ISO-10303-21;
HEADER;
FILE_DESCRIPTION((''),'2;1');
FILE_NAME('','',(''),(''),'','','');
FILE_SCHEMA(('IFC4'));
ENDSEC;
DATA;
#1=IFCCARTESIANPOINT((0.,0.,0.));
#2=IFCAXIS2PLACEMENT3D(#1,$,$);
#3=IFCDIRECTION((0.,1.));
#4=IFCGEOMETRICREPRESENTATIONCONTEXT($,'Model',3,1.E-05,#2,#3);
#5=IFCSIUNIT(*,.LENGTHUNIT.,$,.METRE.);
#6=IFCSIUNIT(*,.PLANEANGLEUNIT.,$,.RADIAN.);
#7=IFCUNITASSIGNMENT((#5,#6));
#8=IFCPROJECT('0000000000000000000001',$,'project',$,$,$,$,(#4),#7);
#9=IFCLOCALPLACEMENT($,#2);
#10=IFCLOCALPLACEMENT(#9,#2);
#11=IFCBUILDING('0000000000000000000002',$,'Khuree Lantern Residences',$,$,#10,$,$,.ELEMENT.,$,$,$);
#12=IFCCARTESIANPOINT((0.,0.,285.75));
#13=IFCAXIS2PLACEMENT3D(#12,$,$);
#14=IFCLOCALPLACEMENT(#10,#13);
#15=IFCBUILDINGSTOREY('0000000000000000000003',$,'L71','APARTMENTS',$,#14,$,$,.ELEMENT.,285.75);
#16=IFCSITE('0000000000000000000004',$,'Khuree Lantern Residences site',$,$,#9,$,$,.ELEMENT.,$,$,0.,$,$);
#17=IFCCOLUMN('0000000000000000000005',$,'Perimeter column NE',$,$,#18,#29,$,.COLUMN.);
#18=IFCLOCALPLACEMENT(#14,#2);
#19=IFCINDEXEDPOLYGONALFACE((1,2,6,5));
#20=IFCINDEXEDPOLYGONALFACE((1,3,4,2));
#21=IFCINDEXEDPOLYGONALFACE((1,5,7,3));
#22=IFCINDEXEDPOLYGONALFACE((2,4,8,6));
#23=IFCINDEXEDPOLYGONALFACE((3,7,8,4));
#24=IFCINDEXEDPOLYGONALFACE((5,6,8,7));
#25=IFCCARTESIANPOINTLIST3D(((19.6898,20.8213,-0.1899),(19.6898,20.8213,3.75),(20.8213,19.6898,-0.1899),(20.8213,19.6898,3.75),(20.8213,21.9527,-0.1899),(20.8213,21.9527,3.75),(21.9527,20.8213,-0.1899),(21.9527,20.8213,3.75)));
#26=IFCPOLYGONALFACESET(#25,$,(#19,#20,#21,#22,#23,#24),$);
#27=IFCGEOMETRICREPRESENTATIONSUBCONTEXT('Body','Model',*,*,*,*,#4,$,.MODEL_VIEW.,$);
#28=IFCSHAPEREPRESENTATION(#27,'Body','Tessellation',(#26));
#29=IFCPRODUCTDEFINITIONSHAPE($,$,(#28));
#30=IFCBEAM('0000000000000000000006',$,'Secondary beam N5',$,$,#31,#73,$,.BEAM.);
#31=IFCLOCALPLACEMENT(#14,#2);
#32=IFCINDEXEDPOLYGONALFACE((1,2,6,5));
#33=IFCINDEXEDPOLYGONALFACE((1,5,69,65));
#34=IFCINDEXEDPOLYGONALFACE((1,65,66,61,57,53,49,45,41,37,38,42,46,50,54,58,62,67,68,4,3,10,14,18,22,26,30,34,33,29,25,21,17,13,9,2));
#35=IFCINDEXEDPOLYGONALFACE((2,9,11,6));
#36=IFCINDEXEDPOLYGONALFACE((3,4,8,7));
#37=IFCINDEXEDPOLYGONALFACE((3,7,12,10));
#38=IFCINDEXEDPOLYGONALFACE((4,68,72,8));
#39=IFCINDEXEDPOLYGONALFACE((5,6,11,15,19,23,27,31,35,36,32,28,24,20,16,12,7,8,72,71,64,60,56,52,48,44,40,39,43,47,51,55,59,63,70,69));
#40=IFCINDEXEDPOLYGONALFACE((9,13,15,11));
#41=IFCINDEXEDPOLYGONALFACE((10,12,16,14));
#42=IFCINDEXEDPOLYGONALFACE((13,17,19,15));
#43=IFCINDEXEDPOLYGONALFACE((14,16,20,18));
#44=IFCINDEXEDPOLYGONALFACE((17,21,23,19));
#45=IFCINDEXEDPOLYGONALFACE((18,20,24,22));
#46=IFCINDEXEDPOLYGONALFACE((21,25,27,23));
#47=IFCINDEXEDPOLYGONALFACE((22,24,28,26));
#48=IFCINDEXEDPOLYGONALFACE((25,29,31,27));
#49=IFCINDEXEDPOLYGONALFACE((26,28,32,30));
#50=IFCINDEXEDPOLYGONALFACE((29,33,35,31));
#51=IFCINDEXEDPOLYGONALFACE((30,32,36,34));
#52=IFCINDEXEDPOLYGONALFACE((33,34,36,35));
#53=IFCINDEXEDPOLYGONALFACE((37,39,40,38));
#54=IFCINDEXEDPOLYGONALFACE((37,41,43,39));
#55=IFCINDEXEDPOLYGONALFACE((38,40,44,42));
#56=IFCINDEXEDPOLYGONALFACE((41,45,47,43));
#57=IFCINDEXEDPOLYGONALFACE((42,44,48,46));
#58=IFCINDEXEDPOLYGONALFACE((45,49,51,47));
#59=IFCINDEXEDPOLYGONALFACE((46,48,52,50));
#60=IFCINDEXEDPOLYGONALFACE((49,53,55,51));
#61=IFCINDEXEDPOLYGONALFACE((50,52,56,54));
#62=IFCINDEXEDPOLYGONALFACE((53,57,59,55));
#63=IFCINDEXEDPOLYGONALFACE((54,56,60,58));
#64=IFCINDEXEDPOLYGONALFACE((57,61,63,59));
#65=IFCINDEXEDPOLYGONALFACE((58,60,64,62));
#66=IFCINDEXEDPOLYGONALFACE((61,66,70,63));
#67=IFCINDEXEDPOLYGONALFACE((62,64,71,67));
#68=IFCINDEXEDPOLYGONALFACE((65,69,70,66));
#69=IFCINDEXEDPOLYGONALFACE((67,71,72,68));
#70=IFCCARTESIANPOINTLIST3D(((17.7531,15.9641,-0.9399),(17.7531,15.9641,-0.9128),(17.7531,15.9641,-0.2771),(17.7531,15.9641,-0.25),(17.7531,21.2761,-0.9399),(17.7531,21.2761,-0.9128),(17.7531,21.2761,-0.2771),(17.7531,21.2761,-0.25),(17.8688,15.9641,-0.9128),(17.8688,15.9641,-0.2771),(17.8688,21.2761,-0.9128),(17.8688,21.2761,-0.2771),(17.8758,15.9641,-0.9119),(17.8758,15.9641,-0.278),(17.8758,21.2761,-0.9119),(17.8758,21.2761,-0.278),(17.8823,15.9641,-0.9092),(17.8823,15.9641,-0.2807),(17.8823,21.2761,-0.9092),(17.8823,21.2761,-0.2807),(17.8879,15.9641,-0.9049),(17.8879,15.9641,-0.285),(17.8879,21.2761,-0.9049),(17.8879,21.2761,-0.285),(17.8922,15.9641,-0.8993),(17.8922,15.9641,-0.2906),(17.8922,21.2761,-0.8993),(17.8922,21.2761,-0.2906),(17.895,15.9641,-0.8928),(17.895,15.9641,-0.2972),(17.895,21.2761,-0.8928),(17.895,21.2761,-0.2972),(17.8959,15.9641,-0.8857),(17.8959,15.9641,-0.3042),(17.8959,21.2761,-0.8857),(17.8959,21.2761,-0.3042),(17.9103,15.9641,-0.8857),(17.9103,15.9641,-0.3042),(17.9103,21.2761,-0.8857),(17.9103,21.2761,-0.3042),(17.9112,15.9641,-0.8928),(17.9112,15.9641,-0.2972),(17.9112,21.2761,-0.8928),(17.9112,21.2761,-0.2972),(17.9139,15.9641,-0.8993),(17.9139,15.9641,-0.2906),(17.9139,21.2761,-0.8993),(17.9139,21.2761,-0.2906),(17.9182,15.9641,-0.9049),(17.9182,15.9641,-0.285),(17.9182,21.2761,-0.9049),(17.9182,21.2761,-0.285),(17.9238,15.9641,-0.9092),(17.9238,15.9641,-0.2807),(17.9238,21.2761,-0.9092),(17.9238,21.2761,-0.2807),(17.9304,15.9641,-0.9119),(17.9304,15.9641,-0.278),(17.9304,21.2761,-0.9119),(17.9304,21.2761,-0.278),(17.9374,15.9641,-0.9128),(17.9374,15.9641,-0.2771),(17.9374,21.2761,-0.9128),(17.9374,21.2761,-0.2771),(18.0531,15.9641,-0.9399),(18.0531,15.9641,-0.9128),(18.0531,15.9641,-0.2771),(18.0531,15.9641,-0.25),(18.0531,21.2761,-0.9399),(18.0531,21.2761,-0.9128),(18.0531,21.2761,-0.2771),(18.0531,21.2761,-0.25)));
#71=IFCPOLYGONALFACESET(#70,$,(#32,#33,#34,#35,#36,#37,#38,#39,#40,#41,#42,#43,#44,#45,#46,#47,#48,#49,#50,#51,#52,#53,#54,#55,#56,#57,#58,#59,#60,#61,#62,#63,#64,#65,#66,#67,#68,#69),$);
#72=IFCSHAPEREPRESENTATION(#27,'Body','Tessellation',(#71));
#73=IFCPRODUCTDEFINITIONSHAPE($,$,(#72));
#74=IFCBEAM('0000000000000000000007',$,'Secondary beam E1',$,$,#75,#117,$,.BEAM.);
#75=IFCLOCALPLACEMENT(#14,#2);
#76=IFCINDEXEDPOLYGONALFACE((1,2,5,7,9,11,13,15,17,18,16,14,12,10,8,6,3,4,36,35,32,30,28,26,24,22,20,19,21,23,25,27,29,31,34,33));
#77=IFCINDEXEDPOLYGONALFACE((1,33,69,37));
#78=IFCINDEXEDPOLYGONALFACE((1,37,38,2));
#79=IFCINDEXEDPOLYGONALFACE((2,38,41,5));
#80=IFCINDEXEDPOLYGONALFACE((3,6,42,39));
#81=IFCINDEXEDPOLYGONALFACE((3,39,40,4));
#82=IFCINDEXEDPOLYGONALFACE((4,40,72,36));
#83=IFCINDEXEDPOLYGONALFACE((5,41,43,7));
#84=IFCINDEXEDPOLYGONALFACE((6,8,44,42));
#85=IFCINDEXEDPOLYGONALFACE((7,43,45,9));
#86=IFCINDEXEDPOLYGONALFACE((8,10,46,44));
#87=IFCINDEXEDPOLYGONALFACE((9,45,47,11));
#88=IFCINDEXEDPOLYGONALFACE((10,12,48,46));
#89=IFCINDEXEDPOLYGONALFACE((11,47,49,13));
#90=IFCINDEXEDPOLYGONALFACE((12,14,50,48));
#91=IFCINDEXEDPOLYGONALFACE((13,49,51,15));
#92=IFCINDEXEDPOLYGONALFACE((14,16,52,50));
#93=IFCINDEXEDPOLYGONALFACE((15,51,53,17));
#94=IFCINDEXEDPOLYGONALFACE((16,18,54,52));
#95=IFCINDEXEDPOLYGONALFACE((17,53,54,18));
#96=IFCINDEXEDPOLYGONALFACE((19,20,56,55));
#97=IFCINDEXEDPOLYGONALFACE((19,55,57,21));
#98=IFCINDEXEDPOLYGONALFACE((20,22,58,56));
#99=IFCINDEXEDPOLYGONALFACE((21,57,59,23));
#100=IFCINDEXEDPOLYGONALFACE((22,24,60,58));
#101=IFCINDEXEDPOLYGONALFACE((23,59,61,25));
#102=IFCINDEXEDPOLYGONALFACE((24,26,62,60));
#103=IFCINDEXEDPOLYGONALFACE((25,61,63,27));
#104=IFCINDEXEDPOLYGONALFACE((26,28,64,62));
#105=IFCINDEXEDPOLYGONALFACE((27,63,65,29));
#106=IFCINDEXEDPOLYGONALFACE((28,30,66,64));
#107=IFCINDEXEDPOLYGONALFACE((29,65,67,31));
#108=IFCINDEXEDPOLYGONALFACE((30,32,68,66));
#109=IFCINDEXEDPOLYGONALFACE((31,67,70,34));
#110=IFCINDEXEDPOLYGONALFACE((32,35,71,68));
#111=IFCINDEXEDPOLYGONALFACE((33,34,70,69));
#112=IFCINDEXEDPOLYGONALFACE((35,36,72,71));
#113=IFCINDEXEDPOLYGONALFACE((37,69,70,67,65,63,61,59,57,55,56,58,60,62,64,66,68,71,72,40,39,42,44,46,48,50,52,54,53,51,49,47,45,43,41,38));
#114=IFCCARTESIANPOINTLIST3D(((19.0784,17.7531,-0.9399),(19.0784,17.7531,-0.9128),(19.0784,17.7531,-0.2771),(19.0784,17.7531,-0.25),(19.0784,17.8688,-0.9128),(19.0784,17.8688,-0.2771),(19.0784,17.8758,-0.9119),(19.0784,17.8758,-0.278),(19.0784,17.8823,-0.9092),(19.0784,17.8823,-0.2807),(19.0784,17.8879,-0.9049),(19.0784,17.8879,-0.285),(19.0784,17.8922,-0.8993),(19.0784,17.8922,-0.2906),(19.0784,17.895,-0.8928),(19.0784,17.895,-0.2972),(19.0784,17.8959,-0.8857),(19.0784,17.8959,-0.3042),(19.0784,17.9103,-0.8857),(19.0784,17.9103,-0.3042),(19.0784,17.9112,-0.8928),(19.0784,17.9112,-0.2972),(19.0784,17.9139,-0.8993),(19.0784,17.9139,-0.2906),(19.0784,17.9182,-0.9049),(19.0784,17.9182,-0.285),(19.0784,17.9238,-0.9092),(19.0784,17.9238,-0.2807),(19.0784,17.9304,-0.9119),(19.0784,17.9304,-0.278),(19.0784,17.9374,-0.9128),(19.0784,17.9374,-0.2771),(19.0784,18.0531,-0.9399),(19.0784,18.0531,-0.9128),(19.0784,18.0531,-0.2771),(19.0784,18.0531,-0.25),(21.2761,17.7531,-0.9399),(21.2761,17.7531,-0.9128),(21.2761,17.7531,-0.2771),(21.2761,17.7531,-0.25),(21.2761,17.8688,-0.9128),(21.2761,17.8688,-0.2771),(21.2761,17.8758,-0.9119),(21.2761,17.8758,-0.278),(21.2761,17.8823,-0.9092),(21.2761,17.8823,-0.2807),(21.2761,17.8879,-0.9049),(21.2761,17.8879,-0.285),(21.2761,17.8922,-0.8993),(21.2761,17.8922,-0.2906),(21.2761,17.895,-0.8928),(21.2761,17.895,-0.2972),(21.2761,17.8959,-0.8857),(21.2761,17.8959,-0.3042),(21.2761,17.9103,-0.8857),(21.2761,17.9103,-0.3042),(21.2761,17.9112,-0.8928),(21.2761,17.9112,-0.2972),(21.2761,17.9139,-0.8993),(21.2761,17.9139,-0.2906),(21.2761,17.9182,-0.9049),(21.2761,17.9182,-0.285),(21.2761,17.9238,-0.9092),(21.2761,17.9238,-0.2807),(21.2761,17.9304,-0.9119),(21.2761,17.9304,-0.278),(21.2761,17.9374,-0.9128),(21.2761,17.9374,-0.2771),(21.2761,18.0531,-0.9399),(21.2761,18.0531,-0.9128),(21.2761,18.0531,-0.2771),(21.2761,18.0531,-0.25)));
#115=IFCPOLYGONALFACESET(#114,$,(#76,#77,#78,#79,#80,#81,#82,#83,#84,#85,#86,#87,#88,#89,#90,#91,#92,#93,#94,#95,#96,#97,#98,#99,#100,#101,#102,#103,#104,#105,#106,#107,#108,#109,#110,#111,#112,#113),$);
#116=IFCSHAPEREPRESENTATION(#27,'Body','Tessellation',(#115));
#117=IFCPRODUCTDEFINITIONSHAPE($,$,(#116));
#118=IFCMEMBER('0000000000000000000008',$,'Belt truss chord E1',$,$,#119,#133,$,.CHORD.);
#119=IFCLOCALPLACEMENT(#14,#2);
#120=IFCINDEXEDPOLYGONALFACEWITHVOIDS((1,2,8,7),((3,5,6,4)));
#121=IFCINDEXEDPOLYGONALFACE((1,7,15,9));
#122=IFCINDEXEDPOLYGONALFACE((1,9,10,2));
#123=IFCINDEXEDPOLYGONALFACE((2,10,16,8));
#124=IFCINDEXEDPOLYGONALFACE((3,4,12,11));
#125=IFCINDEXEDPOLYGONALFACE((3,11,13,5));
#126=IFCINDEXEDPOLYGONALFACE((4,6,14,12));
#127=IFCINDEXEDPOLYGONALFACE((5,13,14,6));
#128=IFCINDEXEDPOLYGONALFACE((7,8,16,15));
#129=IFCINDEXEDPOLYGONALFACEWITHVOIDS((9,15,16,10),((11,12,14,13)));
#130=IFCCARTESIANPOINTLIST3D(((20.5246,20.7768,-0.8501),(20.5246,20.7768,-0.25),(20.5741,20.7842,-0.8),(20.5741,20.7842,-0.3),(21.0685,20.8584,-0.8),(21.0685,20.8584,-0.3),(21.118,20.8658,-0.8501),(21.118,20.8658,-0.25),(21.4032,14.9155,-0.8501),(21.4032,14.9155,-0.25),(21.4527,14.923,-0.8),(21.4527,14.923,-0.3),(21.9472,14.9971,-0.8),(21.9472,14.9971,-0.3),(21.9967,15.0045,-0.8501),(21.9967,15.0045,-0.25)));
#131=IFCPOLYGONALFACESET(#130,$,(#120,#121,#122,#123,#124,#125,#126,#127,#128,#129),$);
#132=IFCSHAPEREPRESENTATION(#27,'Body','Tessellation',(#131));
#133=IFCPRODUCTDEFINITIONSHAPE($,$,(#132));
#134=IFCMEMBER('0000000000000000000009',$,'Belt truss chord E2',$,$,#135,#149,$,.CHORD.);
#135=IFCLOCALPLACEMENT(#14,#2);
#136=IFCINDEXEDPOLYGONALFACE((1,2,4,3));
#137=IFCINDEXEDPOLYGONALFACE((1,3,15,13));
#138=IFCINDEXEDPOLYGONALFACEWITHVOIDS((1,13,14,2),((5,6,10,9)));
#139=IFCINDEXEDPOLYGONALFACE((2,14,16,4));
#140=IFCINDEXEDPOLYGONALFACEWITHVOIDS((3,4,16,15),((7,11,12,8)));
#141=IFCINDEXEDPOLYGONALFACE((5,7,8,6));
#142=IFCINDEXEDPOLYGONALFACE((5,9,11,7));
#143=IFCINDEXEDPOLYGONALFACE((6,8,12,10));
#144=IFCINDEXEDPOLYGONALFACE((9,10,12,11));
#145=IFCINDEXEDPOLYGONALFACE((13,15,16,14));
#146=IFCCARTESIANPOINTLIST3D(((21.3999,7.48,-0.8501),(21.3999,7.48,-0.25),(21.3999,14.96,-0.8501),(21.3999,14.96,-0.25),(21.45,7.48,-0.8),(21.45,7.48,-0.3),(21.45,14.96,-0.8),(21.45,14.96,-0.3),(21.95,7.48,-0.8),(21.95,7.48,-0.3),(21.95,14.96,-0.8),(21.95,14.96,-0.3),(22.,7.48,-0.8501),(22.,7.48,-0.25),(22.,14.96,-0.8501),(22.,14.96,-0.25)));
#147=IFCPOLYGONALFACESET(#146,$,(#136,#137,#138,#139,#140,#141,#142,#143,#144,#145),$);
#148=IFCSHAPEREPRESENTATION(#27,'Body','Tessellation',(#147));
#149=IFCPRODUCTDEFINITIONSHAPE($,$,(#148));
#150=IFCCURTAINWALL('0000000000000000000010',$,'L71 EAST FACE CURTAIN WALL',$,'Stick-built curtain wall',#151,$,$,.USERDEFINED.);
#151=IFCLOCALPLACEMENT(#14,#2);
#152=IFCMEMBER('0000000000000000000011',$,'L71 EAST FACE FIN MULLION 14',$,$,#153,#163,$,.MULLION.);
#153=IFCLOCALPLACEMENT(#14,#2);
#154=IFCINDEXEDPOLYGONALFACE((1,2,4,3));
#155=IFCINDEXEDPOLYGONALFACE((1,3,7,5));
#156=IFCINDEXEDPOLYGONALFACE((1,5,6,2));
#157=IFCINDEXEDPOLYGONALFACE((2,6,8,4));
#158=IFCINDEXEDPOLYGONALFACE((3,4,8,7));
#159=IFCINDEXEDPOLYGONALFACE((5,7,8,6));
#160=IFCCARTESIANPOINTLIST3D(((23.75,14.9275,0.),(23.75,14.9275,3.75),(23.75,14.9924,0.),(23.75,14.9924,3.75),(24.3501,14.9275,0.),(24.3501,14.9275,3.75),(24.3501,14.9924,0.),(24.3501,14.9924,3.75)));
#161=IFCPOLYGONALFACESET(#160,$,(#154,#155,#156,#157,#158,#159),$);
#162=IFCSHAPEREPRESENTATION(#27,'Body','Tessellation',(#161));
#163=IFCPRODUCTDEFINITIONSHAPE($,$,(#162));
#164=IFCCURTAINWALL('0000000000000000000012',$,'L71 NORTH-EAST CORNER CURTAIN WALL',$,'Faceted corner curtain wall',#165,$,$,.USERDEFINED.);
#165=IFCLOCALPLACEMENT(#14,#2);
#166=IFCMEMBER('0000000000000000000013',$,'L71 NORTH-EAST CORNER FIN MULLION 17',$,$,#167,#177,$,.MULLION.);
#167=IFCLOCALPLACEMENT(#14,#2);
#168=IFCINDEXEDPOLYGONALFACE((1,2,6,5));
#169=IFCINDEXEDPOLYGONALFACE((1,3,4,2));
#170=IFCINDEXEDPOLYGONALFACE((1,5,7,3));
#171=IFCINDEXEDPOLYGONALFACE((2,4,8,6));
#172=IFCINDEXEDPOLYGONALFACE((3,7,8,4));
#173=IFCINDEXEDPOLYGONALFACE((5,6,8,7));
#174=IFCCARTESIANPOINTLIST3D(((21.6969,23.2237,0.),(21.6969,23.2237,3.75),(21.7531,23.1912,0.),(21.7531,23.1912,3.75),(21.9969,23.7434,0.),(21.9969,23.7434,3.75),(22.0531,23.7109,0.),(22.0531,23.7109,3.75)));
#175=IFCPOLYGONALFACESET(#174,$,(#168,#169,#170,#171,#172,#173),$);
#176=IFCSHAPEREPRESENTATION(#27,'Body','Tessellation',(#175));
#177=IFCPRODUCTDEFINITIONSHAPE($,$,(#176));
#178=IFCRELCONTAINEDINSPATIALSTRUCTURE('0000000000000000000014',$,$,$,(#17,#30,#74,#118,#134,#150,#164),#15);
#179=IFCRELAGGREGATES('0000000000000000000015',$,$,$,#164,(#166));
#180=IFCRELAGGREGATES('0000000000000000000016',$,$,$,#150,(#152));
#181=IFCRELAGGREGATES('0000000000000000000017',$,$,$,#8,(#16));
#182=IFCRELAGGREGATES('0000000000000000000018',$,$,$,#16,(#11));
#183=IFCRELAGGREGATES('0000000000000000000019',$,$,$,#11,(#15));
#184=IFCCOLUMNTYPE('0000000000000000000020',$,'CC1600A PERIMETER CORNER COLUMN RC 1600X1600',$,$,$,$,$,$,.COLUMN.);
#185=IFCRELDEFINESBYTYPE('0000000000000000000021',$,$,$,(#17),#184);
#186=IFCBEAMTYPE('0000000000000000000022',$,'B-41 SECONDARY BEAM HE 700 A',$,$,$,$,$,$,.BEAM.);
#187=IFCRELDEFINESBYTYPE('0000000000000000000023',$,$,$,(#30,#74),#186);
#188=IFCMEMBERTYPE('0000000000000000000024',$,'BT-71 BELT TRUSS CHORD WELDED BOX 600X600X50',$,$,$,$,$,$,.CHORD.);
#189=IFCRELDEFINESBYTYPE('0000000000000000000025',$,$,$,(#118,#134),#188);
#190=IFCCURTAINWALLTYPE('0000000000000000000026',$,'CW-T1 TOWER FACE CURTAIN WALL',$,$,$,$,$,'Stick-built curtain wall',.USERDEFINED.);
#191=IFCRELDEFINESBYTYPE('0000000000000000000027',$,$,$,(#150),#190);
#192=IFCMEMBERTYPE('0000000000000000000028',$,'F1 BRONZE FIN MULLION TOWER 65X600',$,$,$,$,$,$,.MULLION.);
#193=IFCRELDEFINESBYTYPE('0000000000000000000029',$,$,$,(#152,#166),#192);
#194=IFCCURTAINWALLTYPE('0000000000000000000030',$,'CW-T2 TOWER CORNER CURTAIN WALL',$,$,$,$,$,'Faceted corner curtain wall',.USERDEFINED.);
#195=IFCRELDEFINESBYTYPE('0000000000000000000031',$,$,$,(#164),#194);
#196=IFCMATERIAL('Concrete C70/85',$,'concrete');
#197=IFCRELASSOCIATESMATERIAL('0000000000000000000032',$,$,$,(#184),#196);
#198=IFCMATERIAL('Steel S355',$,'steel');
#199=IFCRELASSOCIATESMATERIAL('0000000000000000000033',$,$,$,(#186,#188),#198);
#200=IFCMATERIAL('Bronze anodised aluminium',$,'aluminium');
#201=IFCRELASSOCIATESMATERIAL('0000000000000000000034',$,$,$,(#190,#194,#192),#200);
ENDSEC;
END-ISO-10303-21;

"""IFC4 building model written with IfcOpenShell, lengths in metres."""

from ifc_helpers import new_model, si_unit, direction, frame, origin, origin_2d, place, context, subcontext, project, spatial, rectangle, hollow_rectangle, i_section, extrude, material, material_profile, profile_set, type_object, element, aggregate, save


model = new_model("IFC4")

# Units and contexts
model_context = context("Model", 3, precision=1e-05, world=origin(), true_north=direction((0.0, 1.0)))
body_context = subcontext(model_context, "Body", "Model", "MODEL_VIEW")
ifc_project = project(units=[si_unit("LENGTHUNIT", "METRE"), si_unit("PLANEANGLEUNIT", "RADIAN")], contexts=[model_context])

# Site, building, storey
site_placement = place(None, origin())
site = spatial("IfcSite", under=ifc_project, at=site_placement, Name="Khuree Lantern Residences site", CompositionType="ELEMENT", RefElevation=0.0)
building_placement = place(site_placement, origin())
building = spatial("IfcBuilding", under=site, at=building_placement, Name="Khuree Lantern Residences", CompositionType="ELEMENT")
storey_placement = place(building_placement, frame((0.0, 0.0, 285.75)))
storey = spatial("IfcBuildingStorey", under=building, at=storey_placement, Name="L71", Description="APARTMENTS", CompositionType="ELEMENT", Elevation=285.75)

# Column
ifc_material_1 = material(Name="Concrete C70/85", Category="concrete")
ifc_material_profile_1 = material_profile(ifc_material_1, rectangle(XDim=1.6001, YDim=1.6001, at=origin_2d()), Name="RC 1600X1600")
ifc_profile_set_1 = profile_set([ifc_material_profile_1], Name="Concrete C70/85")
column_type = type_object("IfcColumnType", Name="CC1600A PERIMETER CORNER COLUMN RC 1600X1600", PredefinedType="COLUMN", material=ifc_profile_set_1)
column_placement = place(storey_placement, frame((20.8213, 20.8213, -0.1899), z_axis=(0.0, 0.0, 1.0), x_axis=(0.707107, -0.707107, 0.0)))
element("IfcColumn", 1, at=column_placement, inside=storey, type_object=column_type, Name="Perimeter column NE", PredefinedType="COLUMN", context=body_context, shape_type="SweptSolid", body=[
    extrude(rectangle(XDim=1.6001, YDim=1.6001, at=origin_2d()), origin(), (0.0, 0.0, 1.0), 3.9399),
])

# Beams
ifc_material_2 = material(Name="Steel S355", Category="steel")
ifc_material_profile_2 = material_profile(ifc_material_2, i_section(OverallWidth=0.3, OverallDepth=0.6899, WebThickness=0.0144, FlangeThickness=0.0271, FilletRadius=0.0271, at=origin_2d()), Name="HE 700 A")
ifc_profile_set_2 = profile_set([ifc_material_profile_2], Name="Steel S355")
beam_type_1 = type_object("IfcBeamType", Name="B-41 SECONDARY BEAM HE 700 A", PredefinedType="BEAM", material=ifc_profile_set_2)
beam_1_placement = place(storey_placement, frame((17.9031, 21.2761, -0.595), z_axis=(0.0, -1.0, 0.0), x_axis=(1.0, 0.0, 0.0)))
element("IfcBeam", 2, at=beam_1_placement, inside=storey, type_object=beam_type_1, Name="Secondary beam N5", PredefinedType="BEAM", context=body_context, shape_type="SweptSolid", body=[
    extrude(i_section(OverallWidth=0.3, OverallDepth=0.6899, WebThickness=0.0144, FlangeThickness=0.0271, FilletRadius=0.0271, at=origin_2d()), origin(), (0.0, 0.0, 1.0), 5.312),
])
beam_2_placement = place(storey_placement, frame((21.2761, 17.9031, -0.595), z_axis=(-1.0, 0.0, 0.0), x_axis=(0.0, -1.0, 0.0)))
element("IfcBeam", 3, at=beam_2_placement, inside=storey, type_object=beam_type_1, Name="Secondary beam E1", PredefinedType="BEAM", context=body_context, shape_type="SweptSolid", body=[
    extrude(i_section(OverallWidth=0.3, OverallDepth=0.6899, WebThickness=0.0144, FlangeThickness=0.0271, FilletRadius=0.0271, at=origin_2d()), origin(), (0.0, 0.0, 1.0), 2.1978),
])

# Members
ifc_material_profile_3 = material_profile(ifc_material_2, hollow_rectangle(XDim=0.6001, YDim=0.6001, WallThickness=0.05, at=origin_2d()), Name="WELDED BOX 600X600X50")
ifc_profile_set_3 = profile_set([ifc_material_profile_3], Name="Steel S355")
member_type_1 = type_object("IfcMemberType", Name="BT-71 BELT TRUSS CHORD WELDED BOX 600X600X50", PredefinedType="CHORD", material=ifc_profile_set_3)
member_1_placement = place(storey_placement, frame((20.8213, 20.8213, -0.55), z_axis=(0.148252, -0.98895, 0.0), x_axis=(0.98895, 0.148252, 0.0)))
element("IfcMember", 4, at=member_1_placement, inside=storey, type_object=member_type_1, Name="Belt truss chord E1", PredefinedType="CHORD", context=body_context, shape_type="SweptSolid", body=[
    extrude(hollow_rectangle(XDim=0.6001, YDim=0.6001, WallThickness=0.05, at=origin_2d()), origin(), (0.0, 0.0, 1.0), 5.9268),
])
member_2_placement = place(storey_placement, frame((21.7, 14.96, -0.55), z_axis=(0.0, -1.0, 0.0), x_axis=(1.0, 0.0, 0.0)))
element("IfcMember", 5, at=member_2_placement, inside=storey, type_object=member_type_1, Name="Belt truss chord E2", PredefinedType="CHORD", context=body_context, shape_type="SweptSolid", body=[
    extrude(hollow_rectangle(XDim=0.6001, YDim=0.6001, WallThickness=0.05, at=origin_2d()), origin(), (0.0, 0.0, 1.0), 7.48),
])

# Curtain walls, members
ifc_material_3 = material(Name="Bronze anodised aluminium", Category="aluminium")
curtain_wall_type_1 = type_object("IfcCurtainWallType", Name="CW-T1 TOWER FACE CURTAIN WALL", ElementType="Stick-built curtain wall", PredefinedType="USERDEFINED", material=ifc_material_3)
curtain_wall_1_placement = place(storey_placement, origin())
curtain_wall_1 = element("IfcCurtainWall", 6, at=curtain_wall_1_placement, inside=storey, type_object=curtain_wall_type_1, Name="L71 EAST FACE CURTAIN WALL", ObjectType="Stick-built curtain wall", PredefinedType="USERDEFINED")
ifc_material_profile_4 = material_profile(ifc_material_3, rectangle(XDim=0.0649, YDim=0.6001, at=origin_2d()), Name="F1 65X600")
ifc_profile_set_4 = profile_set([ifc_material_profile_4], Name="Bronze anodised aluminium")
member_type_2 = type_object("IfcMemberType", Name="F1 BRONZE FIN MULLION TOWER 65X600", PredefinedType="MULLION", material=ifc_profile_set_4)
member_3_placement = place(storey_placement, frame((24.05, 14.96, 0.0), z_axis=(0.0, 0.0, 1.0), x_axis=(0.0, 1.0, 0.0)))
member_3 = element("IfcMember", 7, at=member_3_placement, type_object=member_type_2, Name="L71 EAST FACE FIN MULLION 14", PredefinedType="MULLION", context=body_context, shape_type="SweptSolid", body=[
    extrude(rectangle(XDim=0.0649, YDim=0.6001, at=origin_2d()), origin(), (0.0, 0.0, 1.0), 3.75),
])
curtain_wall_type_2 = type_object("IfcCurtainWallType", Name="CW-T2 TOWER CORNER CURTAIN WALL", ElementType="Faceted corner curtain wall", PredefinedType="USERDEFINED", material=ifc_material_3)
curtain_wall_2_placement = place(storey_placement, origin())
curtain_wall_2 = element("IfcCurtainWall", 8, at=curtain_wall_2_placement, inside=storey, type_object=curtain_wall_type_2, Name="L71 NORTH-EAST CORNER CURTAIN WALL", ObjectType="Faceted corner curtain wall", PredefinedType="USERDEFINED")
member_4_placement = place(storey_placement, frame((21.875, 23.4673, 0.0), z_axis=(0.0, 0.0, 1.0), x_axis=(-0.866025, 0.5, 0.0)))
member_4 = element("IfcMember", 9, at=member_4_placement, type_object=member_type_2, Name="L71 NORTH-EAST CORNER FIN MULLION 17", PredefinedType="MULLION", context=body_context, shape_type="SweptSolid", body=[
    extrude(rectangle(XDim=0.0649, YDim=0.6001, at=origin_2d()), origin(), (0.0, 0.0, 1.0), 3.75),
])

aggregate(curtain_wall_2, [member_4])
aggregate(curtain_wall_1, [member_3])

save(model, "model.ifc")
